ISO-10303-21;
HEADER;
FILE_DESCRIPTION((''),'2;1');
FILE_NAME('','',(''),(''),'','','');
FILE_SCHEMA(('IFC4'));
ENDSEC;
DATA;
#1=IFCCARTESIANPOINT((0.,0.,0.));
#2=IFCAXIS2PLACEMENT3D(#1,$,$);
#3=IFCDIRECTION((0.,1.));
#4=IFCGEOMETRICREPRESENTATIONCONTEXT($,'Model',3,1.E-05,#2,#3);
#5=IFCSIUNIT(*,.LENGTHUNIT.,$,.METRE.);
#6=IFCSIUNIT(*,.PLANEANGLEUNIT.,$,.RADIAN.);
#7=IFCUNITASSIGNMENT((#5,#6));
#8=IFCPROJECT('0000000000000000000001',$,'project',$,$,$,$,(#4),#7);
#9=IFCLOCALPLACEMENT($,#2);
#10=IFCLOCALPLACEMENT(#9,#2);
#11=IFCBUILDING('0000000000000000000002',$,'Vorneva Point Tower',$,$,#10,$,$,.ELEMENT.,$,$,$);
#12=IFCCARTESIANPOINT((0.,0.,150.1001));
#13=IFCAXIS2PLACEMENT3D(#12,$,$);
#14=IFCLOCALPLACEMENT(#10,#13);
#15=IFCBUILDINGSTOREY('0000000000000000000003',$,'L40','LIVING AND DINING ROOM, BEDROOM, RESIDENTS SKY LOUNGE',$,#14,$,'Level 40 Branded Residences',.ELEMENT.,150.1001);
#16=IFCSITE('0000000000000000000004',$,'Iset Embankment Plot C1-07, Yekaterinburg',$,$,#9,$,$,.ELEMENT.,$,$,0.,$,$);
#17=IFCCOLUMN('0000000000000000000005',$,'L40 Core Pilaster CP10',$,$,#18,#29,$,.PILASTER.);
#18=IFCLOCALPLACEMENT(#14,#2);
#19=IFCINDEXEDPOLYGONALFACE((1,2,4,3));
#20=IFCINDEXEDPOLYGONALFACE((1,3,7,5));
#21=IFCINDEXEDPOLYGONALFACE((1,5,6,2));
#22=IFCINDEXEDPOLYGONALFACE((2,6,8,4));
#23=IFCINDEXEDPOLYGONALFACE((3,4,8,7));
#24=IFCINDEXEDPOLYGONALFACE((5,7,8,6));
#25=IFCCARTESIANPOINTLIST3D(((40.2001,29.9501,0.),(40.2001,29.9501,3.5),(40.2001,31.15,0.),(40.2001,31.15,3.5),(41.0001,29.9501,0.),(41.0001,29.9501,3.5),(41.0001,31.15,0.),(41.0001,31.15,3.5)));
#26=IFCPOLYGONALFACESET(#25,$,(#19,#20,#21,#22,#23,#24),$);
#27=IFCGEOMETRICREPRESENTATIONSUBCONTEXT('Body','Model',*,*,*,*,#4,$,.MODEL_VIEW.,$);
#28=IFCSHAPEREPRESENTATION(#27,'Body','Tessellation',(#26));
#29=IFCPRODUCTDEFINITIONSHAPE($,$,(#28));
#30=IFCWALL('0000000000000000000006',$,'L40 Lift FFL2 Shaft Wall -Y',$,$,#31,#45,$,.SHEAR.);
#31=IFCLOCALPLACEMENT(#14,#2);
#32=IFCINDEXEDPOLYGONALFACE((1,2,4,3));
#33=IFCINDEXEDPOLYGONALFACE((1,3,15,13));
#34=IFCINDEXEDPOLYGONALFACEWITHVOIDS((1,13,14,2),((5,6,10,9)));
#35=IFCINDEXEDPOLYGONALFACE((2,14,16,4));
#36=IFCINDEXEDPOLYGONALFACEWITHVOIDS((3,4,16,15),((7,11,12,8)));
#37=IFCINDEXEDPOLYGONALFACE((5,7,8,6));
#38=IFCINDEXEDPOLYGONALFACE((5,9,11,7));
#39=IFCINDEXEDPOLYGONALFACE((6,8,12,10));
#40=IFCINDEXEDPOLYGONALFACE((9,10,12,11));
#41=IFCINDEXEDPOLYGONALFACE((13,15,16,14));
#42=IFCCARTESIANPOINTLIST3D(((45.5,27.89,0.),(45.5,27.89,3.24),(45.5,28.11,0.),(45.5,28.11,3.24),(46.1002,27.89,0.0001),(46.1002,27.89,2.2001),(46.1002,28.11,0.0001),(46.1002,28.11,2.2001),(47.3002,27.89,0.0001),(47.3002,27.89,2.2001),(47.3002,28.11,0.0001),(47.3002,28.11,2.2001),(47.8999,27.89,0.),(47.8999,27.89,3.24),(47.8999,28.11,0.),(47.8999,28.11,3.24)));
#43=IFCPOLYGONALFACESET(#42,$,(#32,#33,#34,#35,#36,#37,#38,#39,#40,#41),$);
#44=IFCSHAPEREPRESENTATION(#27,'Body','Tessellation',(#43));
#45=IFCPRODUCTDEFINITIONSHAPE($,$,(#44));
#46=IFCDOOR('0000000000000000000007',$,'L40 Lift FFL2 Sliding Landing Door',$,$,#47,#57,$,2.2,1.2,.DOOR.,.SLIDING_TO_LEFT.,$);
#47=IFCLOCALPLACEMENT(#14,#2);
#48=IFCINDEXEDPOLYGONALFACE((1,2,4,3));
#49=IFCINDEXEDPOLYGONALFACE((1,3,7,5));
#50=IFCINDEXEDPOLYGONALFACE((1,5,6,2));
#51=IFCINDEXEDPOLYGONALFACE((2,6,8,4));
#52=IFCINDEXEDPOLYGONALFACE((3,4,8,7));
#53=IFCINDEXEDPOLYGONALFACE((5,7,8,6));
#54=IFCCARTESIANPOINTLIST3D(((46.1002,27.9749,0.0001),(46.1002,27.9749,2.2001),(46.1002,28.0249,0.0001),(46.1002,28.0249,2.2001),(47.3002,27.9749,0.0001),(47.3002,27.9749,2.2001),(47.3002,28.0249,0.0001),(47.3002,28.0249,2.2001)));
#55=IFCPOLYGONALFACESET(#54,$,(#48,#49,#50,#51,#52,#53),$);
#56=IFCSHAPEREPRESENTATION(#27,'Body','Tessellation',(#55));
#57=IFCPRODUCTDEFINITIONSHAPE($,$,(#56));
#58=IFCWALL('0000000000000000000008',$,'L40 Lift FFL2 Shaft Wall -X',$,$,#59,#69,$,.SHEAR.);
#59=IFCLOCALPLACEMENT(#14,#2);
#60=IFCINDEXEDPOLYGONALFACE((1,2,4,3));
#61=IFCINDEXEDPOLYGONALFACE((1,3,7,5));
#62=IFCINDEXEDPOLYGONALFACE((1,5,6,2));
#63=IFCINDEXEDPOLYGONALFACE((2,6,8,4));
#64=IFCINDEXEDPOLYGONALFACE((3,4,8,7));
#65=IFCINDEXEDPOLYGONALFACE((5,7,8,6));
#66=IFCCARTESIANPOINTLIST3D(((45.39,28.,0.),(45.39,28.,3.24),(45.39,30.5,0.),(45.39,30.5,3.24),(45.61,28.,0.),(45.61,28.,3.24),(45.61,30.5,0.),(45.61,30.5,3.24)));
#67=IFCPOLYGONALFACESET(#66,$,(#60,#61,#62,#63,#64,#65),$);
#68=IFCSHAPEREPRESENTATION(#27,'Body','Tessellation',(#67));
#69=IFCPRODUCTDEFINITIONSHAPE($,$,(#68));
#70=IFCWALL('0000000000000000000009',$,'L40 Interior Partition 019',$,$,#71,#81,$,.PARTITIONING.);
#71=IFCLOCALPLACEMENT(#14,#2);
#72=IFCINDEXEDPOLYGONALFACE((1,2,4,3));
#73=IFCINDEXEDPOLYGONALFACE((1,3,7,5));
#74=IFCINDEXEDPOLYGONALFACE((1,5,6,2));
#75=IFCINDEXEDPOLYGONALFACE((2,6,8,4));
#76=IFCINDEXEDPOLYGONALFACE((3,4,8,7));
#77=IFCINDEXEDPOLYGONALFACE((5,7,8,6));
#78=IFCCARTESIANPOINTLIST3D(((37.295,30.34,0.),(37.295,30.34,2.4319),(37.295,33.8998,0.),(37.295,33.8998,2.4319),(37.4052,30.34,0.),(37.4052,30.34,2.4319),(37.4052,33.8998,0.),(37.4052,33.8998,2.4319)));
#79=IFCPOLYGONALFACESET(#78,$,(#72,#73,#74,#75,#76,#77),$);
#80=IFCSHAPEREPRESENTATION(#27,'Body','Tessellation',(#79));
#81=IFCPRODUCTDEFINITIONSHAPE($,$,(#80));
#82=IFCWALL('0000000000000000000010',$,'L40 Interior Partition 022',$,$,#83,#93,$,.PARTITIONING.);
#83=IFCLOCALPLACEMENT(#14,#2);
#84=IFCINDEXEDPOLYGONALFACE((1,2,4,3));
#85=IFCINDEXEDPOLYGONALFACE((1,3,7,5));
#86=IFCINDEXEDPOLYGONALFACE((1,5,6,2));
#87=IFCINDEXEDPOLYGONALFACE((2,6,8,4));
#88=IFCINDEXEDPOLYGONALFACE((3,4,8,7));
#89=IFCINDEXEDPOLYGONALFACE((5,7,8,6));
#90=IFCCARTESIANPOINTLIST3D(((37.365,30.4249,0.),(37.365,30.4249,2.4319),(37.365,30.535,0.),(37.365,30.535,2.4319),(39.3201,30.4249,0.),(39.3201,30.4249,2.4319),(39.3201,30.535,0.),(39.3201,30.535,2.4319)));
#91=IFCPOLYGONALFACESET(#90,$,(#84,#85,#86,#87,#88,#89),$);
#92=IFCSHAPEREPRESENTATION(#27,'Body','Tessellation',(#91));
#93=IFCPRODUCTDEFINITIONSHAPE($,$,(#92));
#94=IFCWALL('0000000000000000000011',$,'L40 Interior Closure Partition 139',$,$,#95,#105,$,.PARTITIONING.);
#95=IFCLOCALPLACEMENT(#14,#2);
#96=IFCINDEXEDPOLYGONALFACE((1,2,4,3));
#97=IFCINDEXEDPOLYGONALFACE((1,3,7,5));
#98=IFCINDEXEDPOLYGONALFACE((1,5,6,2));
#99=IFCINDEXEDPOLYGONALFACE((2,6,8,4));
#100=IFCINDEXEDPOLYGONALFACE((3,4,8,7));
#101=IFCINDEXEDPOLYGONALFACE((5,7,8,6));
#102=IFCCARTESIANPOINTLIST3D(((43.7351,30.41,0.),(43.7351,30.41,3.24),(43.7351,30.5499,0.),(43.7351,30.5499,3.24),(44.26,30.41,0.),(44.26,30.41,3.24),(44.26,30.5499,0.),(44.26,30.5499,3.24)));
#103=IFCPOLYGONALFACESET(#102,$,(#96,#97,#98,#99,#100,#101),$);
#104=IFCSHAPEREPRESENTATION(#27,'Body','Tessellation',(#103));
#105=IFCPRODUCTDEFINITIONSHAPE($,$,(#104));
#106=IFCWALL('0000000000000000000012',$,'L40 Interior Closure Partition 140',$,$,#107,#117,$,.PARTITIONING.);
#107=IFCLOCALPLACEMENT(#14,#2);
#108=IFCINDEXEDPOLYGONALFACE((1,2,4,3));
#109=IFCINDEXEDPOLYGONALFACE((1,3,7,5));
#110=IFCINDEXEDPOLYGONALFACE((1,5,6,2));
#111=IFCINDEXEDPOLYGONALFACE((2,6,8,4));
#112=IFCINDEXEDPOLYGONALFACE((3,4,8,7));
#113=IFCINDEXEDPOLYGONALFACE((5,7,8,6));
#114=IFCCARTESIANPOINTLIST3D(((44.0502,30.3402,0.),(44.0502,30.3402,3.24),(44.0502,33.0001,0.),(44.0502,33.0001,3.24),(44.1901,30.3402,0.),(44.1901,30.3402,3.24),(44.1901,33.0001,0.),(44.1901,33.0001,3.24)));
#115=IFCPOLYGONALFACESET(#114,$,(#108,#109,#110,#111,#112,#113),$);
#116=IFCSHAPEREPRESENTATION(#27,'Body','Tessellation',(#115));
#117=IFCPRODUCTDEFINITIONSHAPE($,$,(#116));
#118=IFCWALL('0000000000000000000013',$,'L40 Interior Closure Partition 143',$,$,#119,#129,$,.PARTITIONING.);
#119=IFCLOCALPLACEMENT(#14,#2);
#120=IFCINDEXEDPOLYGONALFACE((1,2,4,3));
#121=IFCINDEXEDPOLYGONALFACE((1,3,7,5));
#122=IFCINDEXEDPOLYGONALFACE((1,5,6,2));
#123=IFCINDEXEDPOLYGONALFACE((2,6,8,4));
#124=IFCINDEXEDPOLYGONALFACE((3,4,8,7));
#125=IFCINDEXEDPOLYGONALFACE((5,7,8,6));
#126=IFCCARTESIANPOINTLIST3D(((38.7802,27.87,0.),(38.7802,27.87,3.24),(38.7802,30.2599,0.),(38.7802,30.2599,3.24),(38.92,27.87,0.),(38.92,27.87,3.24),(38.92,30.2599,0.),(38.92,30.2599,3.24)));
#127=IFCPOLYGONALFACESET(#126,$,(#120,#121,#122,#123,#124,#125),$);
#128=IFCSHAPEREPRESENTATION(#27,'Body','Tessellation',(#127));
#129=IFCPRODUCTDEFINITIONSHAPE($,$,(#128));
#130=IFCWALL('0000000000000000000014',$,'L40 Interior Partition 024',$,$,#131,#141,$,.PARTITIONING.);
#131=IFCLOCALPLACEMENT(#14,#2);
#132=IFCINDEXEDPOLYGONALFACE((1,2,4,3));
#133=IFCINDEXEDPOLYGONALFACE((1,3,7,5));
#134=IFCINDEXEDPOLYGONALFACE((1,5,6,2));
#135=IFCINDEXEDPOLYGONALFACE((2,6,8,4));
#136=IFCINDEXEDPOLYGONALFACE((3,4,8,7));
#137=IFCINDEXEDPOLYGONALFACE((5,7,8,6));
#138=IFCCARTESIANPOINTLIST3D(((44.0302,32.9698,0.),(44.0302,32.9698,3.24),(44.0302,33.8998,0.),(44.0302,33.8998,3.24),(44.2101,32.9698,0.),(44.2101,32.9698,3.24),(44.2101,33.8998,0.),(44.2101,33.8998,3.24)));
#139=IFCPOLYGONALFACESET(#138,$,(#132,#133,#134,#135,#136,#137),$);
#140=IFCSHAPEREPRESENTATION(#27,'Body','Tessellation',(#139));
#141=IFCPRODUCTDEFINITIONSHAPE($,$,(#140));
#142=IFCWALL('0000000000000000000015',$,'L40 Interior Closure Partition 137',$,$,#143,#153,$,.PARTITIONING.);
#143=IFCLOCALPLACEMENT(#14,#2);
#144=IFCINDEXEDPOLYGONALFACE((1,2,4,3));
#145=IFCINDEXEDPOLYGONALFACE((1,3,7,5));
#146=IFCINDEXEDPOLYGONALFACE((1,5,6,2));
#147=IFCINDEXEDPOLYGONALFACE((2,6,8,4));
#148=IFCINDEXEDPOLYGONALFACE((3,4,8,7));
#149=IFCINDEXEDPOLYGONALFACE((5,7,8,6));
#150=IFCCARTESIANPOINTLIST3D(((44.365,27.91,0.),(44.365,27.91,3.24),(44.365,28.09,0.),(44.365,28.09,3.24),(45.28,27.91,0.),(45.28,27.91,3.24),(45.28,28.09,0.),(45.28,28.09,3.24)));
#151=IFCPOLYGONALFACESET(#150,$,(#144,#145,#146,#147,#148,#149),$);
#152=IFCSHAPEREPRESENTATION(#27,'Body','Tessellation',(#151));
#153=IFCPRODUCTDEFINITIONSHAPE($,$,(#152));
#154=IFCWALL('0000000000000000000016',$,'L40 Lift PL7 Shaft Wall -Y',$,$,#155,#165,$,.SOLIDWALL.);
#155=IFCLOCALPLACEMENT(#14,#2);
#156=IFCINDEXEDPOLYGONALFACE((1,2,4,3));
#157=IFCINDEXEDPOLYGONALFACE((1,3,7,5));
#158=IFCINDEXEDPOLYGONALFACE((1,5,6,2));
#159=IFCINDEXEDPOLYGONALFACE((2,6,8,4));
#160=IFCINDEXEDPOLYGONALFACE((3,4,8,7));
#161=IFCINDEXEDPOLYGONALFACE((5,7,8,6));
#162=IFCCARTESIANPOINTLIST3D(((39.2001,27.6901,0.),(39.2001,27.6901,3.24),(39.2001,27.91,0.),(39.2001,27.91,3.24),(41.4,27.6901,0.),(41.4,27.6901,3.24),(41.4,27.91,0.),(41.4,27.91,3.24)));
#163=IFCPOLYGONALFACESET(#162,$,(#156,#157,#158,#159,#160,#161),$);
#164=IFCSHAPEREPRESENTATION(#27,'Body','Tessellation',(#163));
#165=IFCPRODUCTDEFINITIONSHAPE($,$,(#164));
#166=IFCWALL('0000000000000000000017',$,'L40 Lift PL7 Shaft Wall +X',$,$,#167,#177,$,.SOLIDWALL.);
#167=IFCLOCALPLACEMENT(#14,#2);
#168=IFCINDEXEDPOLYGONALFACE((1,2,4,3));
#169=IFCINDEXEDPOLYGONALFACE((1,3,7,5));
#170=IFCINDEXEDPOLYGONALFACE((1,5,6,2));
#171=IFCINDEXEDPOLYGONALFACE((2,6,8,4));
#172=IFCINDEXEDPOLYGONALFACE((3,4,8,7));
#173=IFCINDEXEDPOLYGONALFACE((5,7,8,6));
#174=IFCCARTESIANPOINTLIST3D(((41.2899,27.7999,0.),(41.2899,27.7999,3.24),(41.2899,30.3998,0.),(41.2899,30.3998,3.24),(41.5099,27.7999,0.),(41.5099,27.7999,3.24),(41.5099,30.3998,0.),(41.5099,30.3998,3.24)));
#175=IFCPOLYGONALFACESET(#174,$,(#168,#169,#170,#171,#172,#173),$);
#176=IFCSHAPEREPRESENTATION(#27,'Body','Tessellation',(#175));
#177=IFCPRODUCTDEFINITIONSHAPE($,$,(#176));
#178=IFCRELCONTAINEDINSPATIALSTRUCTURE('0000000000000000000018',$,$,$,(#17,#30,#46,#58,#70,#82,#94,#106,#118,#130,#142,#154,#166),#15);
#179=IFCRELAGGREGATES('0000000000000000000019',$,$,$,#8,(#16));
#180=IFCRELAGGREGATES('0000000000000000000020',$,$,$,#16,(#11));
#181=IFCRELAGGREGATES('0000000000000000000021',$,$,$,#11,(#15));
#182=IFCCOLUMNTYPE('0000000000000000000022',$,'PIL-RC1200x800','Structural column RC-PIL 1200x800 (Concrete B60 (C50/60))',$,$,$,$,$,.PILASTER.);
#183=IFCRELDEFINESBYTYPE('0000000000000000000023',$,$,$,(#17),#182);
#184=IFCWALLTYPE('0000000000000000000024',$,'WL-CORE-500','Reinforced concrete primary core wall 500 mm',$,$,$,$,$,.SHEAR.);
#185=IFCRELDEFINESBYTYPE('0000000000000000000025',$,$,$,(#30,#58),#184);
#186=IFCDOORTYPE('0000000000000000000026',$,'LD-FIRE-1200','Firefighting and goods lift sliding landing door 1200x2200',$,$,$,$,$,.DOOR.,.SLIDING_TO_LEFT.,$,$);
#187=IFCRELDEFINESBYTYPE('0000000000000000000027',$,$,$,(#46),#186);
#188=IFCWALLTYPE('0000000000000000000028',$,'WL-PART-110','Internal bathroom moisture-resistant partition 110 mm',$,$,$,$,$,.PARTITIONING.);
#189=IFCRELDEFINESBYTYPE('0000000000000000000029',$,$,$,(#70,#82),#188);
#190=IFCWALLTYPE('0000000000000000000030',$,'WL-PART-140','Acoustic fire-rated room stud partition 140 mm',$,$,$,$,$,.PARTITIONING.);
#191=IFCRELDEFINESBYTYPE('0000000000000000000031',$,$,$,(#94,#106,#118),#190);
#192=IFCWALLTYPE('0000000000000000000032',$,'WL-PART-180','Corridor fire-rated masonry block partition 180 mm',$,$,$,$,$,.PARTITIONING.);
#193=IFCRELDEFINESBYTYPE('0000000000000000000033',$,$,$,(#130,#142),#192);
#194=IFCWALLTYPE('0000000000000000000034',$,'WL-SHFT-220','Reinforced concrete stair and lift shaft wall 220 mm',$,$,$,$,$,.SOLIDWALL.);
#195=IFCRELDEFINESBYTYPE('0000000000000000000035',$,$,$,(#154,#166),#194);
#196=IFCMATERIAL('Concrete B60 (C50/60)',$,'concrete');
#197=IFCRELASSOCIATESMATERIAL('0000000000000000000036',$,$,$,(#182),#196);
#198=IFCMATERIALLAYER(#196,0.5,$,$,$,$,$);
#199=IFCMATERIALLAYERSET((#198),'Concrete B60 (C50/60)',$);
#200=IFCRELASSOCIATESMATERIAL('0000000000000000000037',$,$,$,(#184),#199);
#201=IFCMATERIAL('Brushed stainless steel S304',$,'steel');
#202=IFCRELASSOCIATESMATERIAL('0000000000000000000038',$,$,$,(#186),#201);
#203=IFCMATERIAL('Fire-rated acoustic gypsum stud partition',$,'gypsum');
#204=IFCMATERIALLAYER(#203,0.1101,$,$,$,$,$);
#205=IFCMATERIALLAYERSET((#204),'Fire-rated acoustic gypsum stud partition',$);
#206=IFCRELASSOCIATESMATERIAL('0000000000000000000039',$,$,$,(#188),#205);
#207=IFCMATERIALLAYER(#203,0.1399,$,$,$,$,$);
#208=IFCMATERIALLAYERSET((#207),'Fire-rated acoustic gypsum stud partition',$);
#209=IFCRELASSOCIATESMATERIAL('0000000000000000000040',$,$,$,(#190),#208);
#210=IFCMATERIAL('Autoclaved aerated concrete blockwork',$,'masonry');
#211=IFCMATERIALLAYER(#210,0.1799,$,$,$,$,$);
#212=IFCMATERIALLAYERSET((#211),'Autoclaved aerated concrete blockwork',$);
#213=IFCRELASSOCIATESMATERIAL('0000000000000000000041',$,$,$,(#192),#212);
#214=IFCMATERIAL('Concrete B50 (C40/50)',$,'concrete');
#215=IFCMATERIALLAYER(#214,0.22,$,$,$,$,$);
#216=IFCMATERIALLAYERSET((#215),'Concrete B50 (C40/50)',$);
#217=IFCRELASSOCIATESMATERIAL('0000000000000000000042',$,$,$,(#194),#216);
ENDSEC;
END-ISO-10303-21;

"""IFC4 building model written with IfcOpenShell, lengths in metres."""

from ifc_helpers import new_model, si_unit, direction, frame, frame_2d, origin, origin_2d, place, context, subcontext, project, spatial, rectangle, extrude, material, layer, layer_set, material_profile, profile_set, type_object, element, fill, save


model = new_model("IFC4")

# Units and contexts
model_context = context("Model", 3, precision=1e-05, world=origin(), true_north=direction((0.0, 1.0)))
body_context = subcontext(model_context, "Body", "Model", "MODEL_VIEW")
ifc_project = project(units=[si_unit("LENGTHUNIT", "METRE"), si_unit("PLANEANGLEUNIT", "RADIAN")], contexts=[model_context])

# Site, building, storey
site_placement = place(None, origin())
site = spatial("IfcSite", under=ifc_project, at=site_placement, Name="Iset Embankment Plot C1-07, Yekaterinburg", CompositionType="ELEMENT", RefElevation=0.0)
building_placement = place(site_placement, origin())
building = spatial("IfcBuilding", under=site, at=building_placement, Name="Vorneva Point Tower", CompositionType="ELEMENT")
storey_placement = place(building_placement, frame((0.0, 0.0, 150.1001)))
storey = spatial("IfcBuildingStorey", under=building, at=storey_placement, Name="L40", Description="LIVING AND DINING ROOM, BEDROOM, RESIDENTS SKY LOUNGE", LongName="Level 40 Branded Residences", CompositionType="ELEMENT", Elevation=150.1001)

# Column
ifc_material_1 = material(Name="Concrete B60 (C50/60)", Category="concrete")
ifc_material_profile = material_profile(ifc_material_1, rectangle(XDim=0.8, YDim=1.2, at=origin_2d()), Name="RC-PIL 1200x800")
ifc_profile_set = profile_set([ifc_material_profile], Name="Concrete B60 (C50/60)")
column_type = type_object("IfcColumnType", Name="PIL-RC1200x800", Description="Structural column RC-PIL 1200x800 (Concrete B60 (C50/60))", PredefinedType="PILASTER", material=ifc_profile_set)
column_placement = place(storey_placement, frame((40.6001, 30.55, 0.0), z_axis=(0.0, 0.0, 1.0), x_axis=(1.0, 0.0, 0.0)))
element("IfcColumn", 1, at=column_placement, inside=storey, type_object=column_type, Name="L40 Core Pilaster CP10", PredefinedType="PILASTER", context=body_context, shape_type="SweptSolid", body=[
    extrude(rectangle(XDim=0.8, YDim=1.2, at=origin_2d()), origin(), (0.0, 0.0, 1.0), 3.5),
])

# Wall, opening, door
ifc_layer_1 = layer(ifc_material_1, 0.5)
ifc_layer_set_1 = layer_set([ifc_layer_1], Name="Concrete B60 (C50/60)")
wall_type_1 = type_object("IfcWallType", Name="WL-CORE-500", Description="Reinforced concrete primary core wall 500 mm", PredefinedType="SHEAR", material=ifc_layer_set_1)
wall_1_placement = place(storey_placement, frame((45.5, 28.0, 0.0), z_axis=(0.0, 0.0, 1.0), x_axis=(1.0, 0.0, 0.0)))
wall_1 = element("IfcWall", 2, at=wall_1_placement, inside=storey, type_object=wall_type_1, Name="L40 Lift FFL2 Shaft Wall -Y", PredefinedType="SHEAR", context=body_context, shape_type="SweptSolid", body=[
    extrude(rectangle(XDim=2.3999, YDim=0.22, at=frame_2d((1.2, 0.0))), origin(), (0.0, 0.0, 1.0), 3.24),
])
opening_1_placement = place(wall_1_placement, frame((0.6001, 0.0, 0.0)))
opening_1 = element("IfcOpeningElement", 3, at=opening_1_placement, cuts=wall_1, PredefinedType="OPENING", context=body_context, shape_type="SweptSolid", body=[
    extrude(rectangle(XDim=1.2, YDim=2.2, at=frame_2d((0.6001, 1.1001))), frame((0.0, 0.125, 0.0), z_axis=(0.0, -1.0, 0.0), x_axis=(1.0, 0.0, 0.0)), (0.0, 0.0, 1.0), 0.2498),
])
ifc_material_2 = material(Name="Brushed stainless steel S304", Category="steel")
door_type_1 = type_object("IfcDoorType", Name="LD-FIRE-1200", Description="Firefighting and goods lift sliding landing door 1200x2200", OperationType="SLIDING_TO_LEFT", PredefinedType="DOOR", material=ifc_material_2)
door_1_placement = place(opening_1_placement, origin())
door_1 = element("IfcDoor", 4, at=door_1_placement, inside=storey, type_object=door_type_1, Name="L40 Lift FFL2 Sliding Landing Door", OperationType="SLIDING_TO_LEFT", OverallHeight=2.2, OverallWidth=1.2, PredefinedType="DOOR", context=body_context, shape_type="SweptSolid", body=[
    extrude(rectangle(XDim=1.2, YDim=2.2, at=frame_2d((0.6001, 1.1001))), frame((0.0, 0.0249, 0.0), z_axis=(0.0, -1.0, 0.0), x_axis=(1.0, 0.0, 0.0)), (0.0, 0.0, 1.0), 0.05),
])
fill(opening_1, door_1)

# Walls
wall_2_placement = place(storey_placement, frame((45.5, 30.5, 0.0), z_axis=(0.0, 0.0, 1.0), x_axis=(0.0, -1.0, 0.0)))
element("IfcWall", 5, at=wall_2_placement, inside=storey, type_object=wall_type_1, Name="L40 Lift FFL2 Shaft Wall -X", PredefinedType="SHEAR", context=body_context, shape_type="SweptSolid", body=[
    extrude(rectangle(XDim=2.5, YDim=0.22, at=frame_2d((1.25, 0.0))), origin(), (0.0, 0.0, 1.0), 3.24),
])
ifc_material_3 = material(Name="Fire-rated acoustic gypsum stud partition", Category="gypsum")
ifc_layer_2 = layer(ifc_material_3, 0.1101)
ifc_layer_set_2 = layer_set([ifc_layer_2], Name="Fire-rated acoustic gypsum stud partition")
wall_type_2 = type_object("IfcWallType", Name="WL-PART-110", Description="Internal bathroom moisture-resistant partition 110 mm", PredefinedType="PARTITIONING", material=ifc_layer_set_2)
wall_3_placement = place(storey_placement, frame((37.3501, 30.3401, 0.0), z_axis=(0.0, 0.0, 1.0), x_axis=(0.0, 1.0, 0.0)))
element("IfcWall", 6, at=wall_3_placement, inside=storey, type_object=wall_type_2, Name="L40 Interior Partition 019", PredefinedType="PARTITIONING", context=body_context, shape_type="SweptSolid", body=[
    extrude(rectangle(XDim=3.5598, YDim=0.1101, at=frame_2d((1.7798, 0.0))), origin(), (0.0, 0.0, 1.0), 2.4319),
])
wall_4_placement = place(storey_placement, frame((37.365, 30.48, 0.0), z_axis=(0.0, 0.0, 1.0), x_axis=(1.0, 0.0, 0.0)))
element("IfcWall", 7, at=wall_4_placement, inside=storey, type_object=wall_type_2, Name="L40 Interior Partition 022", PredefinedType="PARTITIONING", context=body_context, shape_type="SweptSolid", body=[
    extrude(rectangle(XDim=1.9551, YDim=0.1101, at=frame_2d((0.9775, 0.0))), origin(), (0.0, 0.0, 1.0), 2.4319),
])
ifc_layer_3 = layer(ifc_material_3, 0.1399)
ifc_layer_set_3 = layer_set([ifc_layer_3], Name="Fire-rated acoustic gypsum stud partition")
wall_type_3 = type_object("IfcWallType", Name="WL-PART-140", Description="Acoustic fire-rated room stud partition 140 mm", PredefinedType="PARTITIONING", material=ifc_layer_set_3)
wall_5_placement = place(storey_placement, frame((43.7351, 30.48, 0.0), z_axis=(0.0, 0.0, 1.0), x_axis=(1.0, 0.0, 0.0)))
element("IfcWall", 8, at=wall_5_placement, inside=storey, type_object=wall_type_3, Name="L40 Interior Closure Partition 139", PredefinedType="PARTITIONING", context=body_context, shape_type="SweptSolid", body=[
    extrude(rectangle(XDim=0.5249, YDim=0.1399, at=frame_2d((0.2625, 0.0))), origin(), (0.0, 0.0, 1.0), 3.24),
])
wall_6_placement = place(storey_placement, frame((44.1201, 30.3401, 0.0), z_axis=(0.0, 0.0, 1.0), x_axis=(0.0, 1.0, 0.0)))
element("IfcWall", 9, at=wall_6_placement, inside=storey, type_object=wall_type_3, Name="L40 Interior Closure Partition 140", PredefinedType="PARTITIONING", context=body_context, shape_type="SweptSolid", body=[
    extrude(rectangle(XDim=2.6599, YDim=0.1399, at=frame_2d((1.3301, 0.0))), origin(), (0.0, 0.0, 1.0), 3.24),
])
wall_7_placement = place(storey_placement, frame((38.8501, 27.8701, 0.0), z_axis=(0.0, 0.0, 1.0), x_axis=(0.0, 1.0, 0.0)))
element("IfcWall", 10, at=wall_7_placement, inside=storey, type_object=wall_type_3, Name="L40 Interior Closure Partition 143", PredefinedType="PARTITIONING", context=body_context, shape_type="SweptSolid", body=[
    extrude(rectangle(XDim=2.3899, YDim=0.1399, at=frame_2d((1.1948, 0.0))), origin(), (0.0, 0.0, 1.0), 3.24),
])

# Shared definitions
ifc_material_4 = material(Name="Autoclaved aerated concrete blockwork", Category="masonry")
ifc_layer_4 = layer(ifc_material_4, 0.1799)
ifc_layer_set_4 = layer_set([ifc_layer_4], Name="Autoclaved aerated concrete blockwork")
wall_type_4 = type_object("IfcWallType", Name="WL-PART-180", Description="Corridor fire-rated masonry block partition 180 mm", PredefinedType="PARTITIONING", material=ifc_layer_set_4)

# Walls
wall_8_placement = place(storey_placement, frame((44.1201, 32.97, 0.0), z_axis=(0.0, 0.0, 1.0), x_axis=(0.0, 1.0, 0.0)))
element("IfcWall", 11, at=wall_8_placement, inside=storey, type_object=wall_type_4, Name="L40 Interior Partition 024", PredefinedType="PARTITIONING", context=body_context, shape_type="SweptSolid", body=[
    extrude(rectangle(XDim=0.9299, YDim=0.1799, at=frame_2d((0.4648, 0.0))), origin(), (0.0, 0.0, 1.0), 3.24),
])
wall_9_placement = place(storey_placement, frame((45.28, 28.0, 0.0), z_axis=(0.0, 0.0, 1.0), x_axis=(-1.0, 0.0, 0.0)))
element("IfcWall", 12, at=wall_9_placement, inside=storey, type_object=wall_type_4, Name="L40 Interior Closure Partition 137", PredefinedType="PARTITIONING", context=body_context, shape_type="SweptSolid", body=[
    extrude(rectangle(XDim=0.915, YDim=0.1799, at=frame_2d((0.4575, 0.0))), origin(), (0.0, 0.0, 1.0), 3.24),
])
ifc_material_5 = material(Name="Concrete B50 (C40/50)", Category="concrete")
ifc_layer_5 = layer(ifc_material_5, 0.22)
ifc_layer_set_5 = layer_set([ifc_layer_5], Name="Concrete B50 (C40/50)")
wall_type_5 = type_object("IfcWallType", Name="WL-SHFT-220", Description="Reinforced concrete stair and lift shaft wall 220 mm", PredefinedType="SOLIDWALL", material=ifc_layer_set_5)
wall_10_placement = place(storey_placement, frame((39.2, 27.8, 0.0), z_axis=(0.0, 0.0, 1.0), x_axis=(1.0, 0.0, 0.0)))
element("IfcWall", 13, at=wall_10_placement, inside=storey, type_object=wall_type_5, Name="L40 Lift PL7 Shaft Wall -Y", PredefinedType="SOLIDWALL", context=body_context, shape_type="SweptSolid", body=[
    extrude(rectangle(XDim=2.2, YDim=0.22, at=frame_2d((1.1001, 0.0))), origin(), (0.0, 0.0, 1.0), 3.24),
])
wall_11_placement = place(storey_placement, frame((41.3999, 27.8, 0.0), z_axis=(0.0, 0.0, 1.0), x_axis=(0.0, 1.0, 0.0)))
element("IfcWall", 14, at=wall_11_placement, inside=storey, type_object=wall_type_5, Name="L40 Lift PL7 Shaft Wall +X", PredefinedType="SOLIDWALL", context=body_context, shape_type="SweptSolid", body=[
    extrude(rectangle(XDim=2.5999, YDim=0.22, at=frame_2d((1.2998, 0.0))), origin(), (0.0, 0.0, 1.0), 3.24),
])

save(model, "model.ifc")
